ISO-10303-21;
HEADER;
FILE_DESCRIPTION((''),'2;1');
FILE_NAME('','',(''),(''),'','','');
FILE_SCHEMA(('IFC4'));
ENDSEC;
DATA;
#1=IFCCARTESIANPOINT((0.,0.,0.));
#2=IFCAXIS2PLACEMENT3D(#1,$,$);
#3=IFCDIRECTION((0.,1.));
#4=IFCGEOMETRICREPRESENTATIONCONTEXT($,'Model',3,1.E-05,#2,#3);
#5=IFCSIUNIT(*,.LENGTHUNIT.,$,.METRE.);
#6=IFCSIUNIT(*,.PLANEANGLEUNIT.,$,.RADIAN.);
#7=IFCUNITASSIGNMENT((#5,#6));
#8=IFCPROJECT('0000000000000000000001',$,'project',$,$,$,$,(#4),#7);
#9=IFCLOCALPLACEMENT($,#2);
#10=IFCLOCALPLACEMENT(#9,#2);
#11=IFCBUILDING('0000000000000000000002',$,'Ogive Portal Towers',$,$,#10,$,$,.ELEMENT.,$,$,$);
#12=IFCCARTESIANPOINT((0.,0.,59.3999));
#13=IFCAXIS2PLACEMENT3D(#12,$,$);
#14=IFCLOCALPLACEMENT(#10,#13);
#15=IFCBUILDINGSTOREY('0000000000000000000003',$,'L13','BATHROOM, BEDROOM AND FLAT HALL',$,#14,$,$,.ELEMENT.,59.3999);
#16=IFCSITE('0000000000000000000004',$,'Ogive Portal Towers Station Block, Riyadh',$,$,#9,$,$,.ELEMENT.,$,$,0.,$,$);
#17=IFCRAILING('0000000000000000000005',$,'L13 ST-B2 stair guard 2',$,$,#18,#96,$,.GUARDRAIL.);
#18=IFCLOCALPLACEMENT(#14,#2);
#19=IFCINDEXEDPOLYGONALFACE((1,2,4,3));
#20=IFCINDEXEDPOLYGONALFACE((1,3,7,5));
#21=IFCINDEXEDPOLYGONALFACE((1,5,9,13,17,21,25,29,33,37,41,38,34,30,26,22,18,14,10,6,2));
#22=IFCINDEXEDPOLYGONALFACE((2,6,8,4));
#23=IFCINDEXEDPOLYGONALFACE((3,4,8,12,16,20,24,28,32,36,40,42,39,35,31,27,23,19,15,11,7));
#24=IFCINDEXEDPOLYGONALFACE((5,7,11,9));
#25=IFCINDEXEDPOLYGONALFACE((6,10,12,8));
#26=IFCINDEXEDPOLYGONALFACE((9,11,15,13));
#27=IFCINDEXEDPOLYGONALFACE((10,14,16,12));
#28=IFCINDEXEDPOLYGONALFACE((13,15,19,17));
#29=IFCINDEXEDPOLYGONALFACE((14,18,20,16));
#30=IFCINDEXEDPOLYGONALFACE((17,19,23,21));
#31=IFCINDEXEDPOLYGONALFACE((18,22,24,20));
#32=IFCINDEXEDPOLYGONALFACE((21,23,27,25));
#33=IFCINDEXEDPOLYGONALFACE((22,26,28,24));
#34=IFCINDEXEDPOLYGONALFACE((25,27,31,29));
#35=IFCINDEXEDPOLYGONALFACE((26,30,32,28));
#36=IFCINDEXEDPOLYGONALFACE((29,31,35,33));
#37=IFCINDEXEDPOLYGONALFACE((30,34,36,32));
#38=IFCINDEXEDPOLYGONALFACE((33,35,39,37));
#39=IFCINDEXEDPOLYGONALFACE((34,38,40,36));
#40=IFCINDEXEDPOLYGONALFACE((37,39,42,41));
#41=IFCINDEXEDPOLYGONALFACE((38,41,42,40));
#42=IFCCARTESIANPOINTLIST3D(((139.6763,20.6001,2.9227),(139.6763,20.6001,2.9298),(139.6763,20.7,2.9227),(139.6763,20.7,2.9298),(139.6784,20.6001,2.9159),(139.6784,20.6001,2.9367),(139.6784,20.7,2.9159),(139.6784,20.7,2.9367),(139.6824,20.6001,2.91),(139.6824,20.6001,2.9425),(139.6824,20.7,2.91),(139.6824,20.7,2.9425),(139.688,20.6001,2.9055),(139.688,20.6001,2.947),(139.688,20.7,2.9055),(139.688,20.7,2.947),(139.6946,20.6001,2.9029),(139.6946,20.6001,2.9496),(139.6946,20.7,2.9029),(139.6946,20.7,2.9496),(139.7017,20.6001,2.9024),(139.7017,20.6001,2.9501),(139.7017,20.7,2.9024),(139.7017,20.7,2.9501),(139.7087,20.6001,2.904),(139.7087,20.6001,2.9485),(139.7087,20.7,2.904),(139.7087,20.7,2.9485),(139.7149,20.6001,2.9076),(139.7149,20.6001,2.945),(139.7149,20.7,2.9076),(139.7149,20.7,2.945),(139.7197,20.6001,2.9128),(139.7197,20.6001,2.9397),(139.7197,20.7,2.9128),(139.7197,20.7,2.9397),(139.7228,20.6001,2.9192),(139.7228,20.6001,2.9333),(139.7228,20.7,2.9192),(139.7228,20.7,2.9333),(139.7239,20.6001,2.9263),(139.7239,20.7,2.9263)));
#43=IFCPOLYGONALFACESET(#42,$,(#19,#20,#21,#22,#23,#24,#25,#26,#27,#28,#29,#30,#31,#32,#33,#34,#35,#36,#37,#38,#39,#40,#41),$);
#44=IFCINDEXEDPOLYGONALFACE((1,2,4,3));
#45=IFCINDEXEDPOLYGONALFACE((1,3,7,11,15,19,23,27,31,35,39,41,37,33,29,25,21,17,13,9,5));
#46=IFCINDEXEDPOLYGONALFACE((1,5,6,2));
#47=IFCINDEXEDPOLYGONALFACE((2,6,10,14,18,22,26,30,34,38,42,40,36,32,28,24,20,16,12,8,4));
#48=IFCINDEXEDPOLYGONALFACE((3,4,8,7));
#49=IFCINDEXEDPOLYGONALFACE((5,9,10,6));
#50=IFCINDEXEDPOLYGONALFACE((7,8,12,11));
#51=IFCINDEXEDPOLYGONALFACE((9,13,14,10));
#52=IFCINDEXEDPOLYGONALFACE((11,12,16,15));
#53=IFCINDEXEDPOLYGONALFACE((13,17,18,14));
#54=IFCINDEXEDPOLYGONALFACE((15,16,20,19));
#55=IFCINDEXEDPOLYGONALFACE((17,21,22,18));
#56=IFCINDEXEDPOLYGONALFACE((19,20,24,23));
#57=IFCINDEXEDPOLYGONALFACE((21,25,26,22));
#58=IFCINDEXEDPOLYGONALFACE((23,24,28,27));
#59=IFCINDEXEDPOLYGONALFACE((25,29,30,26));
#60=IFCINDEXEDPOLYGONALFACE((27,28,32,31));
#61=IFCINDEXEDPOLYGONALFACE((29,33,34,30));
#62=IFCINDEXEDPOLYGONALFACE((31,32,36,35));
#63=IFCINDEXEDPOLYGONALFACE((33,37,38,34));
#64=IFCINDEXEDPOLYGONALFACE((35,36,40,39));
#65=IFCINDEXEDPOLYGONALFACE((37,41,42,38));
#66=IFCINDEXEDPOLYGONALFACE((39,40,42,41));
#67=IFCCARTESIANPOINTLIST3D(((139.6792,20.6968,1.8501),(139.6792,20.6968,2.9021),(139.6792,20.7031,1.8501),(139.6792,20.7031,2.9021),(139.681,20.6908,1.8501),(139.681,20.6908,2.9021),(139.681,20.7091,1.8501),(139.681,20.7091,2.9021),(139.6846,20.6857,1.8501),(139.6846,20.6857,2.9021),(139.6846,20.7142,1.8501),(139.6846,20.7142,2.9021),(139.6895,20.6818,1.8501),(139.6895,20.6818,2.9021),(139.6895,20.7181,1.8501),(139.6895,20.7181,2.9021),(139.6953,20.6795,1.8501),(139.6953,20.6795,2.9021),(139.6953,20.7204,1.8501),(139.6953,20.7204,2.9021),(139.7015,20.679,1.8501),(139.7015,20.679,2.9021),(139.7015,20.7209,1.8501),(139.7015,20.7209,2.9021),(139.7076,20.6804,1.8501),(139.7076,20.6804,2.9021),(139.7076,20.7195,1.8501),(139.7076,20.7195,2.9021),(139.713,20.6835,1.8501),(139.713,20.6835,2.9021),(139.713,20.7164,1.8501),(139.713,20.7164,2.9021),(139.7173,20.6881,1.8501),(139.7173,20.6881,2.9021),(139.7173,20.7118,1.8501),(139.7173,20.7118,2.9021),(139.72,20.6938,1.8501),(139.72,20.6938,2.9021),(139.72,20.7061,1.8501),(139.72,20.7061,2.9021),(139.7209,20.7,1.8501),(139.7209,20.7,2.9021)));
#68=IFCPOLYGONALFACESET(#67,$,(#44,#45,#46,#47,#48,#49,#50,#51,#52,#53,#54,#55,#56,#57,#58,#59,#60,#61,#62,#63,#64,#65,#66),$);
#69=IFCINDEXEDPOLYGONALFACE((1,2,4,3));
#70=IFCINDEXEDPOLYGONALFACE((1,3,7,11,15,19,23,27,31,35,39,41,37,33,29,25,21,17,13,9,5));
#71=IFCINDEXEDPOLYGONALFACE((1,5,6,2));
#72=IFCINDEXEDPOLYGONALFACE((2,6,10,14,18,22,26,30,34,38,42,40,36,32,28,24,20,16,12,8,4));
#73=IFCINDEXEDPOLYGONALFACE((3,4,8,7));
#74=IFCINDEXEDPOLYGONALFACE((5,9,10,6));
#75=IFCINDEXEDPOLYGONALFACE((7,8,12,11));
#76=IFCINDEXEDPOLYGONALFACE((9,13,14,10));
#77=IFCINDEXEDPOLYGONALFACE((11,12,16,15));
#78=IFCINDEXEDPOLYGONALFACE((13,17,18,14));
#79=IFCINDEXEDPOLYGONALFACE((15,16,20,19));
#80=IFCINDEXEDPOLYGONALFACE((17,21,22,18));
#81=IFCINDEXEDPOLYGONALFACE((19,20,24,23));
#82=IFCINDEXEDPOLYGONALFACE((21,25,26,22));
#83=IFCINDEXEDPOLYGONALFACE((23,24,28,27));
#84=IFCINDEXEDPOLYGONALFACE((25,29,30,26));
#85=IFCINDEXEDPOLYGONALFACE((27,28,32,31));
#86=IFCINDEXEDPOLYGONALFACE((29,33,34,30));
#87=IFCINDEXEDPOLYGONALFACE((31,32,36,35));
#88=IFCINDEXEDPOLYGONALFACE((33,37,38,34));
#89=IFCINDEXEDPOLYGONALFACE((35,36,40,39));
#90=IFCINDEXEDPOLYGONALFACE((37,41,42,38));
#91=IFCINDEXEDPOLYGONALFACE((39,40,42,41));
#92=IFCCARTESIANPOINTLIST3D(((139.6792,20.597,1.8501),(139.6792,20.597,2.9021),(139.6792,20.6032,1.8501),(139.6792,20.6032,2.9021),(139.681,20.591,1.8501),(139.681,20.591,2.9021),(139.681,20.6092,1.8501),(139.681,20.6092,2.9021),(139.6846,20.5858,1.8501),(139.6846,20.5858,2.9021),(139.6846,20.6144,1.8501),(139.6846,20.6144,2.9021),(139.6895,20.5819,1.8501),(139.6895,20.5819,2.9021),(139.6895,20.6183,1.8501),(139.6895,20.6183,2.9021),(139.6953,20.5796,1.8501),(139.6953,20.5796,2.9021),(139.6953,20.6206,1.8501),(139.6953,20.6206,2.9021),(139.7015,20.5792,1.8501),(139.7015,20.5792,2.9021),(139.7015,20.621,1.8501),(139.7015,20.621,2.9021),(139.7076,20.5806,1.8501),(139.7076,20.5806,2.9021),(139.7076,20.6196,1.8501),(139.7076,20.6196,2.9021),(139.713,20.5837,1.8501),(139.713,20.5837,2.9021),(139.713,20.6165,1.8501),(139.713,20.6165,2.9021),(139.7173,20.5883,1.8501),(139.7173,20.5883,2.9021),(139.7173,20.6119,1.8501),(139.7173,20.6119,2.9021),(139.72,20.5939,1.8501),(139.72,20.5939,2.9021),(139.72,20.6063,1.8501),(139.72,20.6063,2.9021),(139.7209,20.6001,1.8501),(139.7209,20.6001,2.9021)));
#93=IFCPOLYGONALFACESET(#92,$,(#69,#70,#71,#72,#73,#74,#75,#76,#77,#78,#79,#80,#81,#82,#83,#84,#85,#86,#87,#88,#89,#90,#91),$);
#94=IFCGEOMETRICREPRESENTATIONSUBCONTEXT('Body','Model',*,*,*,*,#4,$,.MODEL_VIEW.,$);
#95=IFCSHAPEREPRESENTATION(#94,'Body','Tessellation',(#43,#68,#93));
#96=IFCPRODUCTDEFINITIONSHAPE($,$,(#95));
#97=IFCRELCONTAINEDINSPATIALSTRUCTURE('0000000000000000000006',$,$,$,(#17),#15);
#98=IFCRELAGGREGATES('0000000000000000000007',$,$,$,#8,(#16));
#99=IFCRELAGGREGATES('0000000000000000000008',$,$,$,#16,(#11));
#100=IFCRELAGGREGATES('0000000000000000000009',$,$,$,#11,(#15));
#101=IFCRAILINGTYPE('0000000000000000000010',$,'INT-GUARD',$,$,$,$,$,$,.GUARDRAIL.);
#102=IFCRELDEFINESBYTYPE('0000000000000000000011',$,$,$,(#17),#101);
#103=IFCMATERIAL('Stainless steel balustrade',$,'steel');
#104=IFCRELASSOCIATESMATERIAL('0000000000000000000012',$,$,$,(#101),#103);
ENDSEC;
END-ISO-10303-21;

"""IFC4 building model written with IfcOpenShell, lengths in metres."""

from ifc_helpers import new_model, si_unit, direction, frame, origin, origin_2d, place, context, subcontext, project, spatial, circle, extrude, material, type_object, element, save


model = new_model("IFC4")

# Units and contexts
model_context = context("Model", 3, precision=1e-05, world=origin(), true_north=direction((0.0, 1.0)))
body_context = subcontext(model_context, "Body", "Model", "MODEL_VIEW")
ifc_project = project(units=[si_unit("LENGTHUNIT", "METRE"), si_unit("PLANEANGLEUNIT", "RADIAN")], contexts=[model_context])

# Site, building, storey
site_placement = place(None, origin())
site = spatial("IfcSite", under=ifc_project, at=site_placement, Name="Ogive Portal Towers Station Block, Riyadh", CompositionType="ELEMENT", RefElevation=0.0)
building_placement = place(site_placement, origin())
building = spatial("IfcBuilding", under=site, at=building_placement, Name="Ogive Portal Towers", CompositionType="ELEMENT")
storey_placement = place(building_placement, frame((0.0, 0.0, 59.3999)))
storey = spatial("IfcBuildingStorey", under=building, at=storey_placement, Name="L13", Description="BATHROOM, BEDROOM AND FLAT HALL", CompositionType="ELEMENT", Elevation=59.3999)

# Railing
ifc_material_1 = material(Name="Stainless steel balustrade", Category="steel")
railing_type_1 = type_object("IfcRailingType", Name="INT-GUARD", PredefinedType="GUARDRAIL", material=ifc_material_1)
railing_1_placement = place(storey_placement, frame((139.7, 20.7, 1.8501)))
element("IfcRailing", 1, at=railing_1_placement, inside=storey, type_object=railing_type_1, Name="L13 ST-B2 stair guard 2", PredefinedType="GUARDRAIL", context=body_context, shape_type="SweptSolid", body=[
    extrude(circle(Radius=0.0239, at=origin_2d()), frame((0.0, 0.0, 1.0762), z_axis=(0.0, -1.0, 0.0), x_axis=(1.0, 0.0, 0.0)), (0.0, 0.0, 1.0), 0.0999),
    extrude(circle(Radius=0.021, at=origin_2d()), origin(), (0.0, 0.0, 1.0), 1.052),
    extrude(circle(Radius=0.021, at=origin_2d()), frame((0.0, -0.0999, 0.0)), (0.0, 0.0, 1.0), 1.052),
])

save(model, "model.ifc")
